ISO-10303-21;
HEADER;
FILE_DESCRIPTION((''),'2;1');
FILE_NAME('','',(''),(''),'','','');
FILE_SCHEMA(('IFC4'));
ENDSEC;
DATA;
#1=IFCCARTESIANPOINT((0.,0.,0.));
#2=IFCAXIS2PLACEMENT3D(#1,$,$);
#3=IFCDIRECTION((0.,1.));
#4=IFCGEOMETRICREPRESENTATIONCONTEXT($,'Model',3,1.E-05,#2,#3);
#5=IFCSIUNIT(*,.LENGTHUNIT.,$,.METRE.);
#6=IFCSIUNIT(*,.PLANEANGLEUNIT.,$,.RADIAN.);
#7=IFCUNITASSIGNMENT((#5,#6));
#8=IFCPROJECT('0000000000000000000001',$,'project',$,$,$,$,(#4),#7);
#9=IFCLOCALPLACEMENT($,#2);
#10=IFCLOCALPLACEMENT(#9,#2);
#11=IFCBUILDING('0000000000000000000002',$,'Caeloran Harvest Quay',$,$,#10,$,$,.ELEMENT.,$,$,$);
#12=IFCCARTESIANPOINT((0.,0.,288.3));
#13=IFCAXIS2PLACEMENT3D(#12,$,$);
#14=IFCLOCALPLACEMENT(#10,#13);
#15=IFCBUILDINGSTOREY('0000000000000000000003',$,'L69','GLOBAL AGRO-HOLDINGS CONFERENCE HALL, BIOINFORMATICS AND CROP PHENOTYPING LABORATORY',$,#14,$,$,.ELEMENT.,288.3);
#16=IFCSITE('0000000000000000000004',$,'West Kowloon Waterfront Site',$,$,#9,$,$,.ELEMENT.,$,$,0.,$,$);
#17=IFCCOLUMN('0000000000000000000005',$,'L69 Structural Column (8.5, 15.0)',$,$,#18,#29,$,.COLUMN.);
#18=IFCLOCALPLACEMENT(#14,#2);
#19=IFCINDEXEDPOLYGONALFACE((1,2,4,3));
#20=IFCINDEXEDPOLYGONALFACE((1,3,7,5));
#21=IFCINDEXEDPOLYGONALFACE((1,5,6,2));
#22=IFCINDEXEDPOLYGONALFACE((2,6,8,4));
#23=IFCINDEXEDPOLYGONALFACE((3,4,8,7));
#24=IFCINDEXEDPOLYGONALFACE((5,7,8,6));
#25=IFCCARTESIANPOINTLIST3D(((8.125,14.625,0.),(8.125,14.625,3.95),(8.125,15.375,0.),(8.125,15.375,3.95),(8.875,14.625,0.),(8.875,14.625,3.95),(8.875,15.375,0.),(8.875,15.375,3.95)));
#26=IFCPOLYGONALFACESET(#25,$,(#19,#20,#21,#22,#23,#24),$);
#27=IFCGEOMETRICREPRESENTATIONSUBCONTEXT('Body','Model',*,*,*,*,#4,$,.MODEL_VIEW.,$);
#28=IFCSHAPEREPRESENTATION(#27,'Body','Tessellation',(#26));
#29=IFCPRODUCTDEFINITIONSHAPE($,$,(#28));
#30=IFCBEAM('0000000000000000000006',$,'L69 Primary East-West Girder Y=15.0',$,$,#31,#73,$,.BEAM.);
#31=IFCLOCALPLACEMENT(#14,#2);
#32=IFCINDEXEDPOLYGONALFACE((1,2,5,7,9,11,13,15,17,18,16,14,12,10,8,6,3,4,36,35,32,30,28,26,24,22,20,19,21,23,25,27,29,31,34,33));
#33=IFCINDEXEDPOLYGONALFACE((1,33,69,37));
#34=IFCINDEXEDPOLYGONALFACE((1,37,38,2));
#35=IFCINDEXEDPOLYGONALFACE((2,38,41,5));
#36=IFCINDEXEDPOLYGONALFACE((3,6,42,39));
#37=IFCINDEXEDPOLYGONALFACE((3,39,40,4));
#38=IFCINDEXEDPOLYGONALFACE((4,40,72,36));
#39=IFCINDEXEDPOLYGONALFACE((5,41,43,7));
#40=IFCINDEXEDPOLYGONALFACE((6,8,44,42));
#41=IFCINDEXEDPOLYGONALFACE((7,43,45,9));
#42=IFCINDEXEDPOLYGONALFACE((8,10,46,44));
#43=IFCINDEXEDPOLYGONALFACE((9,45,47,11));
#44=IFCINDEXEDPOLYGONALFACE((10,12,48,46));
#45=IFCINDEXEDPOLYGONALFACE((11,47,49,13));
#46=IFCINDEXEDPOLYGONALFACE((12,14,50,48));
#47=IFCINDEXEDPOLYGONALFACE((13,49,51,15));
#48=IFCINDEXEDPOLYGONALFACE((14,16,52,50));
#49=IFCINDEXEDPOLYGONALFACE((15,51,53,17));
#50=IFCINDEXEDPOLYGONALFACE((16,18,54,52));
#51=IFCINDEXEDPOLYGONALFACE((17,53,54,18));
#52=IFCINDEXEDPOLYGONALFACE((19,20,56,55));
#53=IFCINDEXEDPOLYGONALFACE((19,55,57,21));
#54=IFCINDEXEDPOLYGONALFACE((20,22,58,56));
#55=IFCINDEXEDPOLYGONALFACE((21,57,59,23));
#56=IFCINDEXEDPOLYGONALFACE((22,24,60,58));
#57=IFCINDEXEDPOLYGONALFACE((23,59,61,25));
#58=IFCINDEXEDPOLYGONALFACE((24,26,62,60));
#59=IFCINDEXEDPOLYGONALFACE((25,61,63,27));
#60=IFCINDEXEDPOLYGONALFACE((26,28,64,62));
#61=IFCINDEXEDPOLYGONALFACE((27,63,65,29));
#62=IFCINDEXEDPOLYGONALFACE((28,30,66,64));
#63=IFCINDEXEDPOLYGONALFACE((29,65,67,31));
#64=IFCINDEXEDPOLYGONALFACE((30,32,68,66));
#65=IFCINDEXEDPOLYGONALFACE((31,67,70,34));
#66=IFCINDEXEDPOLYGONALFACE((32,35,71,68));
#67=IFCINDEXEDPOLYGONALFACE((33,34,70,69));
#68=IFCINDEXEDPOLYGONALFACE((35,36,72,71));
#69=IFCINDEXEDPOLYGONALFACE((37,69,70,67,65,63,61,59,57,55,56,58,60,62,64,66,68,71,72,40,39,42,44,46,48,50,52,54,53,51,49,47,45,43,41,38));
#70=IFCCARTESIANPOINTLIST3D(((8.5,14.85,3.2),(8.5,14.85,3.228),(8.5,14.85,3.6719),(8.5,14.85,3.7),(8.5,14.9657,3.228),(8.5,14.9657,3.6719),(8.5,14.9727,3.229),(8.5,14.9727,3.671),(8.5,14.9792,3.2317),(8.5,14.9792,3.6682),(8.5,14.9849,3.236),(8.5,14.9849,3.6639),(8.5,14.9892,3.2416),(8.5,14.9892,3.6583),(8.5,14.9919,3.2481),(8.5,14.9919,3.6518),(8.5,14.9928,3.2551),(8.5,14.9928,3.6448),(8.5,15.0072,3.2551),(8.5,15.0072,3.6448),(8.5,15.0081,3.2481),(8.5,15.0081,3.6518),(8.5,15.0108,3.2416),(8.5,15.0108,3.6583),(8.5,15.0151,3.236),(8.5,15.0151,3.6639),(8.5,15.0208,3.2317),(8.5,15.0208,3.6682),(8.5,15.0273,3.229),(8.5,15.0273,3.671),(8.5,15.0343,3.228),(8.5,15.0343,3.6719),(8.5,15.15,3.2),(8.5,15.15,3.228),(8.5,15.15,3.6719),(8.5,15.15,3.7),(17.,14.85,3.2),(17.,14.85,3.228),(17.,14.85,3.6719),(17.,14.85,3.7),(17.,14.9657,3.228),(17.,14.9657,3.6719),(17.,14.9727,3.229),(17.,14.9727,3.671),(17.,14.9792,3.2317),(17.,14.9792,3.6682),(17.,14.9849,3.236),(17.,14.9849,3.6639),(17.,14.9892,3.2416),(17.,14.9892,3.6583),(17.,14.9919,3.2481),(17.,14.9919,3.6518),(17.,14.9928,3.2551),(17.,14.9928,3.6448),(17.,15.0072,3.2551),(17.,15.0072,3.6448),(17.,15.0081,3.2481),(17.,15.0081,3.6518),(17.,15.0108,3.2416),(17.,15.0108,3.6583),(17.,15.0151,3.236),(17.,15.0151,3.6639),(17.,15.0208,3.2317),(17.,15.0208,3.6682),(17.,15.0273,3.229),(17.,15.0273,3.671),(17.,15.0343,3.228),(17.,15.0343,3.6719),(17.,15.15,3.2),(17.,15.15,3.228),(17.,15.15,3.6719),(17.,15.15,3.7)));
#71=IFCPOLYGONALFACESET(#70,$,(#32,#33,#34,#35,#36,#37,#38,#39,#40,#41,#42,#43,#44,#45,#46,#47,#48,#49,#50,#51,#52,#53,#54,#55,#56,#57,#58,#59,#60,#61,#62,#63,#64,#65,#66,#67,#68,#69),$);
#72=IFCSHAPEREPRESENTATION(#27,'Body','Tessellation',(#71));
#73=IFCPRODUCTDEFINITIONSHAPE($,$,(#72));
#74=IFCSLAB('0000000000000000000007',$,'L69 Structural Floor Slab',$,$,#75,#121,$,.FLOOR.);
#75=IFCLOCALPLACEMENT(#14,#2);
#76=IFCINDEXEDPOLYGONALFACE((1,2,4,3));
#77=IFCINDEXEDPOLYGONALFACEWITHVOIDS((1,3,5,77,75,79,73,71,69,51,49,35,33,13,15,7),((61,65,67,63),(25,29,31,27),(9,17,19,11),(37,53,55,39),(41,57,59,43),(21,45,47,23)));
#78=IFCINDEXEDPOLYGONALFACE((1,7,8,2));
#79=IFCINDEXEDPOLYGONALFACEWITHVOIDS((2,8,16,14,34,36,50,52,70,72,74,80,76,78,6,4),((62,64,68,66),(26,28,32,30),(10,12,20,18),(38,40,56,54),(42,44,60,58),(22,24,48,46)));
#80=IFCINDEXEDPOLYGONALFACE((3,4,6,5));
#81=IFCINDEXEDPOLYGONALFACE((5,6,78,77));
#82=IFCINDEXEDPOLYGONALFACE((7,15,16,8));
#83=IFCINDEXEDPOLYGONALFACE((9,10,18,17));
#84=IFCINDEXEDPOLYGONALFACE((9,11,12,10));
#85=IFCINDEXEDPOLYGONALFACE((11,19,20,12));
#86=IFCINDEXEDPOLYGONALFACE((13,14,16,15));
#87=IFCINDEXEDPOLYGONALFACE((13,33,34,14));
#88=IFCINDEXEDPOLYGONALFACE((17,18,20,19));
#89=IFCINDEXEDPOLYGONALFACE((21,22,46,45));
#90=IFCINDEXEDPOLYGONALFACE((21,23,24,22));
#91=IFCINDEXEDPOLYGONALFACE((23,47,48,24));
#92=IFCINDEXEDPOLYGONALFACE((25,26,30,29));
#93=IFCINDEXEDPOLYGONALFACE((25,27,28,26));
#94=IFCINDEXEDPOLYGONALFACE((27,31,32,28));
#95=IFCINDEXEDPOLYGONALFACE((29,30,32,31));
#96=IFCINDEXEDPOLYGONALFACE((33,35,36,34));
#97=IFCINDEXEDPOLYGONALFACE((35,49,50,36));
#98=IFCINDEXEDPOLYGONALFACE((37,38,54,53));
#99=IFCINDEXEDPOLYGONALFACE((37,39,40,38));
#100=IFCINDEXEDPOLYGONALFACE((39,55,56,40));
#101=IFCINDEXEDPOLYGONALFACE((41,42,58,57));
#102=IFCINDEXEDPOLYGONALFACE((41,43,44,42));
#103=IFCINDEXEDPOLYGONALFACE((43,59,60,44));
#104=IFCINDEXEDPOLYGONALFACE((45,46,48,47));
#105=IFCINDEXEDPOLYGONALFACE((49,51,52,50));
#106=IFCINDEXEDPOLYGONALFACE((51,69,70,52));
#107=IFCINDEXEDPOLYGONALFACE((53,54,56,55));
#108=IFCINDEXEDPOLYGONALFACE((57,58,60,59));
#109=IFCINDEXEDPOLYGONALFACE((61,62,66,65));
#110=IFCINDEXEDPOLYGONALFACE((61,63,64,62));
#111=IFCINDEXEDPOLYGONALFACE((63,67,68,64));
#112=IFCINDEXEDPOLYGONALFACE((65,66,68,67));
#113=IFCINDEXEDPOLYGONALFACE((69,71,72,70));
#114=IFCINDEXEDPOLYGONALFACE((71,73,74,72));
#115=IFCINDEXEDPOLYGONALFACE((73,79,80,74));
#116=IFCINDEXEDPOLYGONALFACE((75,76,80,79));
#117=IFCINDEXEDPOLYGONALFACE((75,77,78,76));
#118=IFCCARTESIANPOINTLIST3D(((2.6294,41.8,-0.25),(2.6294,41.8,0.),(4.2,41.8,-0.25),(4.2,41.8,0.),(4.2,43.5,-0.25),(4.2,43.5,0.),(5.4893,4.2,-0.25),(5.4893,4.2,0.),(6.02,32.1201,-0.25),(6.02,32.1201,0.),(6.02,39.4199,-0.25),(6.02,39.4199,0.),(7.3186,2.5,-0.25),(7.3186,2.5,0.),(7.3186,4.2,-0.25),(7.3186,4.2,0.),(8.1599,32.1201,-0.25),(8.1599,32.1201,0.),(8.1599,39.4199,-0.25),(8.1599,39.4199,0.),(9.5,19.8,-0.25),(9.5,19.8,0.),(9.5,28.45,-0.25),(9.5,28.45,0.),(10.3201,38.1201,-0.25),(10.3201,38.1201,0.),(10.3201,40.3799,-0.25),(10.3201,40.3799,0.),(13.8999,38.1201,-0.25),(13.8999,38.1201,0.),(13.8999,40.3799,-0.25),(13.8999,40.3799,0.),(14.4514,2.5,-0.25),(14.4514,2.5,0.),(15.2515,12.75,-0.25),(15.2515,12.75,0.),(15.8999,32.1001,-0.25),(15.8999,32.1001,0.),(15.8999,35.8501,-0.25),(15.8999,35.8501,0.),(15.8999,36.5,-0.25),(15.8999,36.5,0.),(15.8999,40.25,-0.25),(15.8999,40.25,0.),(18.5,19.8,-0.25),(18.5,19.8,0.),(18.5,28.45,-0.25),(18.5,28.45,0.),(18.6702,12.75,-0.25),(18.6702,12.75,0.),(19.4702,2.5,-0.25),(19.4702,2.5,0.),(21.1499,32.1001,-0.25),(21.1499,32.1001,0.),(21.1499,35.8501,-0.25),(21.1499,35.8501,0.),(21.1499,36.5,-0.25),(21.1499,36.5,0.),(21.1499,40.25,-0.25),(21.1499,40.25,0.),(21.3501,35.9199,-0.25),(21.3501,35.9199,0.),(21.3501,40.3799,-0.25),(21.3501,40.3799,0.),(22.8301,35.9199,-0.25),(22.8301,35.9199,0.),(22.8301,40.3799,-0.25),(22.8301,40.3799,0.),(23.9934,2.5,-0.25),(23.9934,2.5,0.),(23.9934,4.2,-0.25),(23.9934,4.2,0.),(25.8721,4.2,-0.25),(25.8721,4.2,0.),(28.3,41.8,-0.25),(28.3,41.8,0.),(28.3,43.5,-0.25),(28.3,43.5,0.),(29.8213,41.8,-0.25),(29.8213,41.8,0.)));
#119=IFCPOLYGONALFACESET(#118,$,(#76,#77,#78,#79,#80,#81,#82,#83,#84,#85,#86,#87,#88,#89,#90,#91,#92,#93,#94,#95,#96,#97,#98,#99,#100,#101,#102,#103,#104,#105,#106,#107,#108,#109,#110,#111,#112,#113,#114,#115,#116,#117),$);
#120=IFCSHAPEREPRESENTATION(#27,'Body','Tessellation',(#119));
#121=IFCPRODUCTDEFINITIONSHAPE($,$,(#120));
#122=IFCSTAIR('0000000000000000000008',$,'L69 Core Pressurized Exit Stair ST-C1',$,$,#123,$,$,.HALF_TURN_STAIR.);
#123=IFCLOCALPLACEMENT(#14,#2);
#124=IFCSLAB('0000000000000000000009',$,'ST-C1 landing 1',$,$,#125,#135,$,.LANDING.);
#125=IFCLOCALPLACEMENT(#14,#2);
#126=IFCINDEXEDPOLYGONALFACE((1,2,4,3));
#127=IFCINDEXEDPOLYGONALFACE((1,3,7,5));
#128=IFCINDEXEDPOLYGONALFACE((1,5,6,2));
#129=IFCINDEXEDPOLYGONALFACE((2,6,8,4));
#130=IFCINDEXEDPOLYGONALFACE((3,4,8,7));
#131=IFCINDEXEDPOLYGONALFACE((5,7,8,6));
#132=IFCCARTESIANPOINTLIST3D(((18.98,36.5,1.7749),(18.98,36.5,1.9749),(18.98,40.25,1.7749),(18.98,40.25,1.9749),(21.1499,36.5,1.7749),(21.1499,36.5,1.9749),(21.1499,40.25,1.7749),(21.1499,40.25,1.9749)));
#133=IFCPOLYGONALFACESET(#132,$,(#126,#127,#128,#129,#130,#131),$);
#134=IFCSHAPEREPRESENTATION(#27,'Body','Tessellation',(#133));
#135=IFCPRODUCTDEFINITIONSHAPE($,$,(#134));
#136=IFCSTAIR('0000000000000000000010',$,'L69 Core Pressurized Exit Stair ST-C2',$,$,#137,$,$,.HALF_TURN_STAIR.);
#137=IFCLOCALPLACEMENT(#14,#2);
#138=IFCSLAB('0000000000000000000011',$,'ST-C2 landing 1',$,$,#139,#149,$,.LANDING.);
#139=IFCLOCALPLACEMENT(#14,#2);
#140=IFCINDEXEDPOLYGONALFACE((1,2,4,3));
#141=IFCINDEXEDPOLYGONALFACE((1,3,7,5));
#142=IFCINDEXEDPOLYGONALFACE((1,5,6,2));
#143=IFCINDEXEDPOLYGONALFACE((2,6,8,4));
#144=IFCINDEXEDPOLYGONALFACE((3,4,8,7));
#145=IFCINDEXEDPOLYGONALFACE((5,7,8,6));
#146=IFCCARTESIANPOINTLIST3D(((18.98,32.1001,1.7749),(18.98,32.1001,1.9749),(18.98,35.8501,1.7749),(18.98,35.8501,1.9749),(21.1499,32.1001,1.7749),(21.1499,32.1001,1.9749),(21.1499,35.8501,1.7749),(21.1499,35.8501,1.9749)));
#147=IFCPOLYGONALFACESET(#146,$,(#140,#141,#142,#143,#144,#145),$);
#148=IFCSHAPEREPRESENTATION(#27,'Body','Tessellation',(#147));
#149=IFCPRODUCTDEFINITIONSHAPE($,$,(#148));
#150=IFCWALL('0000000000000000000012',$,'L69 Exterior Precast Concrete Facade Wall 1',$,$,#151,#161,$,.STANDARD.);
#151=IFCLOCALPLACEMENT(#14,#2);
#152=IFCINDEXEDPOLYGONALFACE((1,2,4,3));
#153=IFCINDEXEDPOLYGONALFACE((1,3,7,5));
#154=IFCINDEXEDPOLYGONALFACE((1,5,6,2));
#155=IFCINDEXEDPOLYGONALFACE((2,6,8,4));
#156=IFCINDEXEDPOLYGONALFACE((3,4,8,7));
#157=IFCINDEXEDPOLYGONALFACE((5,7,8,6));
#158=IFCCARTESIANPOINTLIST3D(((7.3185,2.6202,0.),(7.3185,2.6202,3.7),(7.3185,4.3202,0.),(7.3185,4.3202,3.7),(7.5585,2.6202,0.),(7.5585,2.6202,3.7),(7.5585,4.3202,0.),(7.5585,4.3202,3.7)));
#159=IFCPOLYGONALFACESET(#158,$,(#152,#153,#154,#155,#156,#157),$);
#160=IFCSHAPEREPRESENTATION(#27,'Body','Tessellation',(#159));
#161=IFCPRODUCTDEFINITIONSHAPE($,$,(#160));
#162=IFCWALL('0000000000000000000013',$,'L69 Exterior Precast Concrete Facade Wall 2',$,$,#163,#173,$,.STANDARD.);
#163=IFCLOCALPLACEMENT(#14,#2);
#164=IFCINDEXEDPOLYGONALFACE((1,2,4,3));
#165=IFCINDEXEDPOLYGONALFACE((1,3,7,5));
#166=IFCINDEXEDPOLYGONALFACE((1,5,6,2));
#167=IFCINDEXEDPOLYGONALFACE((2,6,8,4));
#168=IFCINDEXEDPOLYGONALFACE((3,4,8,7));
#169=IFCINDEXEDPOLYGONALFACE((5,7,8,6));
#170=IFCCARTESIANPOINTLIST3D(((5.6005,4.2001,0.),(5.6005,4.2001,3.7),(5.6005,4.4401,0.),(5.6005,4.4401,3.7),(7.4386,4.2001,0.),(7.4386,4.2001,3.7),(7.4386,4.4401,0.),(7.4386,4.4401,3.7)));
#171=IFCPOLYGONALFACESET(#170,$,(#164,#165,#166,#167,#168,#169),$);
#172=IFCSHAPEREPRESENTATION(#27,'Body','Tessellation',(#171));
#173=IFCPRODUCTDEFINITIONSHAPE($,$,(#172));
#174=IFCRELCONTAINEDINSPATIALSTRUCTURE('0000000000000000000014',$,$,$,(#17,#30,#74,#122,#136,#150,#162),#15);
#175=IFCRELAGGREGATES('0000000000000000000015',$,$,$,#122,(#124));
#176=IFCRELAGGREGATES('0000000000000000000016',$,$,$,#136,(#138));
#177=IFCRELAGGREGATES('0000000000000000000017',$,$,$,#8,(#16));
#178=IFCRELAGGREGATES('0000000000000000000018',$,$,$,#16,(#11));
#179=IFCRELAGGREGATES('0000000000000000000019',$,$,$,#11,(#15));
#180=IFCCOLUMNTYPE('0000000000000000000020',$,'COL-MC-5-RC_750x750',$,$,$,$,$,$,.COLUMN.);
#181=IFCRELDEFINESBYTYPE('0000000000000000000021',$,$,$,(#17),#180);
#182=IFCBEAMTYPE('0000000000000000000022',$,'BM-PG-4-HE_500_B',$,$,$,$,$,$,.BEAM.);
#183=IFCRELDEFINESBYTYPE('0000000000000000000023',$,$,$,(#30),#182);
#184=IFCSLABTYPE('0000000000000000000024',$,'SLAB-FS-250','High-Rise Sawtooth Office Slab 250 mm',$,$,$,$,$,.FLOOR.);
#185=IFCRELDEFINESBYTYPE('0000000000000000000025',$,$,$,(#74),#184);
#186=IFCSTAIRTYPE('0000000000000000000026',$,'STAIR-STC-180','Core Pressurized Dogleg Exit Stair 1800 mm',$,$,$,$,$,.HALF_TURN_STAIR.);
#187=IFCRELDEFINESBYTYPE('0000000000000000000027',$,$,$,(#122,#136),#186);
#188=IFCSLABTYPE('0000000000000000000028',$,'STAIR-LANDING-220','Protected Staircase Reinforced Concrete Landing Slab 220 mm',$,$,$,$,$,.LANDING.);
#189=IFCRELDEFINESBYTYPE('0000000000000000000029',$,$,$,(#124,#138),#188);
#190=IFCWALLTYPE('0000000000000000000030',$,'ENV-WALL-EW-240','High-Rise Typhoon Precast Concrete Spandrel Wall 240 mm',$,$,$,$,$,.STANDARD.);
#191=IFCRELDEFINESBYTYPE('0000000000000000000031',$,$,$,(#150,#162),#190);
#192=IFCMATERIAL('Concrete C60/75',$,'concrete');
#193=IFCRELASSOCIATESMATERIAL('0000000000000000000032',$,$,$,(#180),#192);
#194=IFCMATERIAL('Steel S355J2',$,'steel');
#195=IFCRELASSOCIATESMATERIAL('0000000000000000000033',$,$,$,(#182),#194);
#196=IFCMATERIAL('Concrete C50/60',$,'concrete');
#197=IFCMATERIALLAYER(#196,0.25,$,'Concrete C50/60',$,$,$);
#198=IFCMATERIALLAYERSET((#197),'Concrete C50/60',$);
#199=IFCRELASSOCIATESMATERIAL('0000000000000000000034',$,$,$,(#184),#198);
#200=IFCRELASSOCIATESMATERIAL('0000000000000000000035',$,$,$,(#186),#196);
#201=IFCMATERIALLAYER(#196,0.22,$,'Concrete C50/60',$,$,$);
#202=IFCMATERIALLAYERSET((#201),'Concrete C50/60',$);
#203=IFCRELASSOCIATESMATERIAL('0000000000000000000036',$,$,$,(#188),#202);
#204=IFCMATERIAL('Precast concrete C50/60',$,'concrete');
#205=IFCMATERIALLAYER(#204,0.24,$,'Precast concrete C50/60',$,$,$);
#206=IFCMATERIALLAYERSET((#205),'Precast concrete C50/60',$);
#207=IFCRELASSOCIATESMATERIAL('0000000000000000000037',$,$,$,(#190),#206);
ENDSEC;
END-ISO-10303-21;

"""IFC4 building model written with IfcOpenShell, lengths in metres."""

from ifc_helpers import new_model, si_unit, direction, frame, frame_2d, origin, origin_2d, place, context, subcontext, project, spatial, polyline, rectangle, i_section, outline, extrude, material, layer, layer_set, material_profile, profile_set, type_object, element, aggregate, save


model = new_model("IFC4")

# Units and contexts
model_context = context("Model", 3, precision=1e-05, world=origin(), true_north=direction((0.0, 1.0)))
body_context = subcontext(model_context, "Body", "Model", "MODEL_VIEW")
ifc_project = project(units=[si_unit("LENGTHUNIT", "METRE"), si_unit("PLANEANGLEUNIT", "RADIAN")], contexts=[model_context])

# Site, building, storey
site_placement = place(None, origin())
site = spatial("IfcSite", under=ifc_project, at=site_placement, Name="West Kowloon Waterfront Site", CompositionType="ELEMENT", RefElevation=0.0)
building_placement = place(site_placement, origin())
building = spatial("IfcBuilding", under=site, at=building_placement, Name="Caeloran Harvest Quay", CompositionType="ELEMENT")
storey_placement = place(building_placement, frame((0.0, 0.0, 288.3)))
storey = spatial("IfcBuildingStorey", under=building, at=storey_placement, Name="L69", Description="GLOBAL AGRO-HOLDINGS CONFERENCE HALL, BIOINFORMATICS AND CROP PHENOTYPING LABORATORY", CompositionType="ELEMENT", Elevation=288.3)

# Column
ifc_material_1 = material(Name="Concrete C60/75", Category="concrete")
ifc_material_profile_1 = material_profile(ifc_material_1, rectangle(XDim=0.75, YDim=0.75, at=origin_2d()), Name="RC 750x750")
ifc_profile_set_1 = profile_set([ifc_material_profile_1], Name="Concrete C60/75")
column_type = type_object("IfcColumnType", Name="COL-MC-5-RC_750x750", PredefinedType="COLUMN", material=ifc_profile_set_1)
column_placement = place(storey_placement, frame((8.5, 15.0, 0.0), z_axis=(0.0, 0.0, 1.0), x_axis=(1.0, 0.0, 0.0)))
element("IfcColumn", 1, at=column_placement, inside=storey, type_object=column_type, Name="L69 Structural Column (8.5, 15.0)", PredefinedType="COLUMN", context=body_context, shape_type="SweptSolid", body=[
    extrude(rectangle(XDim=0.75, YDim=0.75, at=origin_2d()), origin(), (0.0, 0.0, 1.0), 3.95),
])

# Beam
ifc_material_2 = material(Name="Steel S355J2", Category="steel")
ifc_material_profile_2 = material_profile(ifc_material_2, i_section(OverallWidth=0.3, OverallDepth=0.5, WebThickness=0.0144, FlangeThickness=0.0281, FilletRadius=0.0271, at=origin_2d()), Name="HE 500 B")
ifc_profile_set_2 = profile_set([ifc_material_profile_2], Name="Steel S355J2")
beam_type = type_object("IfcBeamType", Name="BM-PG-4-HE_500_B", PredefinedType="BEAM", material=ifc_profile_set_2)
beam_placement = place(storey_placement, frame((8.5, 15.0, 3.45), z_axis=(1.0, 0.0, 0.0), x_axis=(0.0, 1.0, 0.0)))
element("IfcBeam", 2, at=beam_placement, inside=storey, type_object=beam_type, Name="L69 Primary East-West Girder Y=15.0", PredefinedType="BEAM", context=body_context, shape_type="SweptSolid", body=[
    extrude(i_section(OverallWidth=0.3, OverallDepth=0.5, WebThickness=0.0144, FlangeThickness=0.0281, FilletRadius=0.0271, at=origin_2d()), origin(), (0.0, 0.0, 1.0), 8.5),
])

# Slab
ifc_material_3 = material(Name="Concrete C50/60", Category="concrete")
ifc_layer_1 = layer(ifc_material_3, 0.25, Name="Concrete C50/60")
ifc_layer_set_1 = layer_set([ifc_layer_1], Name="Concrete C50/60")
slab_type_1 = type_object("IfcSlabType", Name="SLAB-FS-250", Description="High-Rise Sawtooth Office Slab 250 mm", PredefinedType="FLOOR", material=ifc_layer_set_1)
slab_1_placement = place(storey_placement, frame((0.0, 0.0, -0.25)))
element("IfcSlab", 3, at=slab_1_placement, inside=storey, type_object=slab_type_1, Name="L69 Structural Floor Slab", PredefinedType="FLOOR", context=body_context, shape_type="SweptSolid", body=[
    extrude(outline(polyline([(7.3186, 2.5), (14.4514, 2.5), (15.2515, 12.75), (18.6702, 12.75), (19.4702, 2.5), (23.9934, 2.5), (23.9934, 4.2), (25.8721, 4.2), (29.8213, 41.8), (28.3, 41.8), (28.3, 43.5), (4.2, 43.5), (4.2, 41.8), (2.6294, 41.8), (5.4893, 4.2), (7.3186, 4.2), (7.3186, 2.5)]), holes=[polyline([(18.5, 28.45), (18.5, 19.8), (9.5, 19.8), (9.5, 28.45), (18.5, 28.45)]), polyline([(15.8999, 32.1001), (15.8999, 35.8501), (21.1499, 35.8501), (21.1499, 32.1001), (15.8999, 32.1001)]), polyline([(8.1599, 32.1201), (6.02, 32.1201), (6.02, 39.4199), (8.1599, 39.4199), (8.1599, 32.1201)]), polyline([(22.8301, 40.3799), (22.8301, 35.9199), (21.3501, 35.9199), (21.3501, 40.3799), (22.8301, 40.3799)]), polyline([(15.8999, 36.5), (15.8999, 40.25), (21.1499, 40.25), (21.1499, 36.5), (15.8999, 36.5)]), polyline([(13.8999, 38.1201), (10.3201, 38.1201), (10.3201, 40.3799), (13.8999, 40.3799), (13.8999, 38.1201)])]), origin(), (0.0, 0.0, 1.0), 0.25),
])

# Stairs, slabs
stair_type = type_object("IfcStairType", Name="STAIR-STC-180", Description="Core Pressurized Dogleg Exit Stair 1800 mm", PredefinedType="HALF_TURN_STAIR", material=ifc_material_3)
stair_1_placement = place(storey_placement, origin())
stair_1 = element("IfcStair", 4, at=stair_1_placement, inside=storey, type_object=stair_type, Name="L69 Core Pressurized Exit Stair ST-C1", PredefinedType="HALF_TURN_STAIR")
ifc_layer_2 = layer(ifc_material_3, 0.22, Name="Concrete C50/60")
ifc_layer_set_2 = layer_set([ifc_layer_2], Name="Concrete C50/60")
slab_type_2 = type_object("IfcSlabType", Name="STAIR-LANDING-220", Description="Protected Staircase Reinforced Concrete Landing Slab 220 mm", PredefinedType="LANDING", material=ifc_layer_set_2)
slab_2_placement = place(storey_placement, frame((0.0, 0.0, 1.7749)))
slab_2 = element("IfcSlab", 5, at=slab_2_placement, type_object=slab_type_2, Name="ST-C1 landing 1", PredefinedType="LANDING", context=body_context, shape_type="SweptSolid", body=[
    extrude(outline(polyline([(18.98, 36.5), (21.1499, 36.5), (21.1499, 40.25), (18.98, 40.25), (18.98, 36.5)])), origin(), (0.0, 0.0, 1.0), 0.2),
])
aggregate(stair_1, [slab_2])
stair_2_placement = place(storey_placement, origin())
stair_2 = element("IfcStair", 6, at=stair_2_placement, inside=storey, type_object=stair_type, Name="L69 Core Pressurized Exit Stair ST-C2", PredefinedType="HALF_TURN_STAIR")
slab_3_placement = place(storey_placement, frame((0.0, 0.0, 1.7749)))
slab_3 = element("IfcSlab", 7, at=slab_3_placement, type_object=slab_type_2, Name="ST-C2 landing 1", PredefinedType="LANDING", context=body_context, shape_type="SweptSolid", body=[
    extrude(outline(polyline([(18.98, 32.1001), (21.1499, 32.1001), (21.1499, 35.8501), (18.98, 35.8501), (18.98, 32.1001)])), origin(), (0.0, 0.0, 1.0), 0.2),
])
aggregate(stair_2, [slab_3])

# Walls
ifc_material_4 = material(Name="Precast concrete C50/60", Category="concrete")
ifc_layer_3 = layer(ifc_material_4, 0.24, Name="Precast concrete C50/60")
ifc_layer_set_3 = layer_set([ifc_layer_3], Name="Precast concrete C50/60")
wall_type = type_object("IfcWallType", Name="ENV-WALL-EW-240", Description="High-Rise Typhoon Precast Concrete Spandrel Wall 240 mm", PredefinedType="STANDARD", material=ifc_layer_set_3)
wall_1_placement = place(storey_placement, frame((7.4385, 2.6201, 0.0), z_axis=(0.0, 0.0, 1.0), x_axis=(0.0, 1.0, 0.0)))
element("IfcWall", 8, at=wall_1_placement, inside=storey, type_object=wall_type, Name="L69 Exterior Precast Concrete Facade Wall 1", PredefinedType="STANDARD", context=body_context, shape_type="SweptSolid", body=[
    extrude(rectangle(XDim=1.7, YDim=0.24, at=frame_2d((0.8501, 0.0))), origin(), (0.0, 0.0, 1.0), 3.7),
])
wall_2_placement = place(storey_placement, frame((7.4385, 4.3201, 0.0), z_axis=(0.0, 0.0, 1.0), x_axis=(-1.0, 0.0, 0.0)))
element("IfcWall", 9, at=wall_2_placement, inside=storey, type_object=wall_type, Name="L69 Exterior Precast Concrete Facade Wall 2", PredefinedType="STANDARD", context=body_context, shape_type="SweptSolid", body=[
    extrude(rectangle(XDim=1.8381, YDim=0.24, at=frame_2d((0.9189, 0.0))), origin(), (0.0, 0.0, 1.0), 3.7),
])

save(model, "model.ifc")
